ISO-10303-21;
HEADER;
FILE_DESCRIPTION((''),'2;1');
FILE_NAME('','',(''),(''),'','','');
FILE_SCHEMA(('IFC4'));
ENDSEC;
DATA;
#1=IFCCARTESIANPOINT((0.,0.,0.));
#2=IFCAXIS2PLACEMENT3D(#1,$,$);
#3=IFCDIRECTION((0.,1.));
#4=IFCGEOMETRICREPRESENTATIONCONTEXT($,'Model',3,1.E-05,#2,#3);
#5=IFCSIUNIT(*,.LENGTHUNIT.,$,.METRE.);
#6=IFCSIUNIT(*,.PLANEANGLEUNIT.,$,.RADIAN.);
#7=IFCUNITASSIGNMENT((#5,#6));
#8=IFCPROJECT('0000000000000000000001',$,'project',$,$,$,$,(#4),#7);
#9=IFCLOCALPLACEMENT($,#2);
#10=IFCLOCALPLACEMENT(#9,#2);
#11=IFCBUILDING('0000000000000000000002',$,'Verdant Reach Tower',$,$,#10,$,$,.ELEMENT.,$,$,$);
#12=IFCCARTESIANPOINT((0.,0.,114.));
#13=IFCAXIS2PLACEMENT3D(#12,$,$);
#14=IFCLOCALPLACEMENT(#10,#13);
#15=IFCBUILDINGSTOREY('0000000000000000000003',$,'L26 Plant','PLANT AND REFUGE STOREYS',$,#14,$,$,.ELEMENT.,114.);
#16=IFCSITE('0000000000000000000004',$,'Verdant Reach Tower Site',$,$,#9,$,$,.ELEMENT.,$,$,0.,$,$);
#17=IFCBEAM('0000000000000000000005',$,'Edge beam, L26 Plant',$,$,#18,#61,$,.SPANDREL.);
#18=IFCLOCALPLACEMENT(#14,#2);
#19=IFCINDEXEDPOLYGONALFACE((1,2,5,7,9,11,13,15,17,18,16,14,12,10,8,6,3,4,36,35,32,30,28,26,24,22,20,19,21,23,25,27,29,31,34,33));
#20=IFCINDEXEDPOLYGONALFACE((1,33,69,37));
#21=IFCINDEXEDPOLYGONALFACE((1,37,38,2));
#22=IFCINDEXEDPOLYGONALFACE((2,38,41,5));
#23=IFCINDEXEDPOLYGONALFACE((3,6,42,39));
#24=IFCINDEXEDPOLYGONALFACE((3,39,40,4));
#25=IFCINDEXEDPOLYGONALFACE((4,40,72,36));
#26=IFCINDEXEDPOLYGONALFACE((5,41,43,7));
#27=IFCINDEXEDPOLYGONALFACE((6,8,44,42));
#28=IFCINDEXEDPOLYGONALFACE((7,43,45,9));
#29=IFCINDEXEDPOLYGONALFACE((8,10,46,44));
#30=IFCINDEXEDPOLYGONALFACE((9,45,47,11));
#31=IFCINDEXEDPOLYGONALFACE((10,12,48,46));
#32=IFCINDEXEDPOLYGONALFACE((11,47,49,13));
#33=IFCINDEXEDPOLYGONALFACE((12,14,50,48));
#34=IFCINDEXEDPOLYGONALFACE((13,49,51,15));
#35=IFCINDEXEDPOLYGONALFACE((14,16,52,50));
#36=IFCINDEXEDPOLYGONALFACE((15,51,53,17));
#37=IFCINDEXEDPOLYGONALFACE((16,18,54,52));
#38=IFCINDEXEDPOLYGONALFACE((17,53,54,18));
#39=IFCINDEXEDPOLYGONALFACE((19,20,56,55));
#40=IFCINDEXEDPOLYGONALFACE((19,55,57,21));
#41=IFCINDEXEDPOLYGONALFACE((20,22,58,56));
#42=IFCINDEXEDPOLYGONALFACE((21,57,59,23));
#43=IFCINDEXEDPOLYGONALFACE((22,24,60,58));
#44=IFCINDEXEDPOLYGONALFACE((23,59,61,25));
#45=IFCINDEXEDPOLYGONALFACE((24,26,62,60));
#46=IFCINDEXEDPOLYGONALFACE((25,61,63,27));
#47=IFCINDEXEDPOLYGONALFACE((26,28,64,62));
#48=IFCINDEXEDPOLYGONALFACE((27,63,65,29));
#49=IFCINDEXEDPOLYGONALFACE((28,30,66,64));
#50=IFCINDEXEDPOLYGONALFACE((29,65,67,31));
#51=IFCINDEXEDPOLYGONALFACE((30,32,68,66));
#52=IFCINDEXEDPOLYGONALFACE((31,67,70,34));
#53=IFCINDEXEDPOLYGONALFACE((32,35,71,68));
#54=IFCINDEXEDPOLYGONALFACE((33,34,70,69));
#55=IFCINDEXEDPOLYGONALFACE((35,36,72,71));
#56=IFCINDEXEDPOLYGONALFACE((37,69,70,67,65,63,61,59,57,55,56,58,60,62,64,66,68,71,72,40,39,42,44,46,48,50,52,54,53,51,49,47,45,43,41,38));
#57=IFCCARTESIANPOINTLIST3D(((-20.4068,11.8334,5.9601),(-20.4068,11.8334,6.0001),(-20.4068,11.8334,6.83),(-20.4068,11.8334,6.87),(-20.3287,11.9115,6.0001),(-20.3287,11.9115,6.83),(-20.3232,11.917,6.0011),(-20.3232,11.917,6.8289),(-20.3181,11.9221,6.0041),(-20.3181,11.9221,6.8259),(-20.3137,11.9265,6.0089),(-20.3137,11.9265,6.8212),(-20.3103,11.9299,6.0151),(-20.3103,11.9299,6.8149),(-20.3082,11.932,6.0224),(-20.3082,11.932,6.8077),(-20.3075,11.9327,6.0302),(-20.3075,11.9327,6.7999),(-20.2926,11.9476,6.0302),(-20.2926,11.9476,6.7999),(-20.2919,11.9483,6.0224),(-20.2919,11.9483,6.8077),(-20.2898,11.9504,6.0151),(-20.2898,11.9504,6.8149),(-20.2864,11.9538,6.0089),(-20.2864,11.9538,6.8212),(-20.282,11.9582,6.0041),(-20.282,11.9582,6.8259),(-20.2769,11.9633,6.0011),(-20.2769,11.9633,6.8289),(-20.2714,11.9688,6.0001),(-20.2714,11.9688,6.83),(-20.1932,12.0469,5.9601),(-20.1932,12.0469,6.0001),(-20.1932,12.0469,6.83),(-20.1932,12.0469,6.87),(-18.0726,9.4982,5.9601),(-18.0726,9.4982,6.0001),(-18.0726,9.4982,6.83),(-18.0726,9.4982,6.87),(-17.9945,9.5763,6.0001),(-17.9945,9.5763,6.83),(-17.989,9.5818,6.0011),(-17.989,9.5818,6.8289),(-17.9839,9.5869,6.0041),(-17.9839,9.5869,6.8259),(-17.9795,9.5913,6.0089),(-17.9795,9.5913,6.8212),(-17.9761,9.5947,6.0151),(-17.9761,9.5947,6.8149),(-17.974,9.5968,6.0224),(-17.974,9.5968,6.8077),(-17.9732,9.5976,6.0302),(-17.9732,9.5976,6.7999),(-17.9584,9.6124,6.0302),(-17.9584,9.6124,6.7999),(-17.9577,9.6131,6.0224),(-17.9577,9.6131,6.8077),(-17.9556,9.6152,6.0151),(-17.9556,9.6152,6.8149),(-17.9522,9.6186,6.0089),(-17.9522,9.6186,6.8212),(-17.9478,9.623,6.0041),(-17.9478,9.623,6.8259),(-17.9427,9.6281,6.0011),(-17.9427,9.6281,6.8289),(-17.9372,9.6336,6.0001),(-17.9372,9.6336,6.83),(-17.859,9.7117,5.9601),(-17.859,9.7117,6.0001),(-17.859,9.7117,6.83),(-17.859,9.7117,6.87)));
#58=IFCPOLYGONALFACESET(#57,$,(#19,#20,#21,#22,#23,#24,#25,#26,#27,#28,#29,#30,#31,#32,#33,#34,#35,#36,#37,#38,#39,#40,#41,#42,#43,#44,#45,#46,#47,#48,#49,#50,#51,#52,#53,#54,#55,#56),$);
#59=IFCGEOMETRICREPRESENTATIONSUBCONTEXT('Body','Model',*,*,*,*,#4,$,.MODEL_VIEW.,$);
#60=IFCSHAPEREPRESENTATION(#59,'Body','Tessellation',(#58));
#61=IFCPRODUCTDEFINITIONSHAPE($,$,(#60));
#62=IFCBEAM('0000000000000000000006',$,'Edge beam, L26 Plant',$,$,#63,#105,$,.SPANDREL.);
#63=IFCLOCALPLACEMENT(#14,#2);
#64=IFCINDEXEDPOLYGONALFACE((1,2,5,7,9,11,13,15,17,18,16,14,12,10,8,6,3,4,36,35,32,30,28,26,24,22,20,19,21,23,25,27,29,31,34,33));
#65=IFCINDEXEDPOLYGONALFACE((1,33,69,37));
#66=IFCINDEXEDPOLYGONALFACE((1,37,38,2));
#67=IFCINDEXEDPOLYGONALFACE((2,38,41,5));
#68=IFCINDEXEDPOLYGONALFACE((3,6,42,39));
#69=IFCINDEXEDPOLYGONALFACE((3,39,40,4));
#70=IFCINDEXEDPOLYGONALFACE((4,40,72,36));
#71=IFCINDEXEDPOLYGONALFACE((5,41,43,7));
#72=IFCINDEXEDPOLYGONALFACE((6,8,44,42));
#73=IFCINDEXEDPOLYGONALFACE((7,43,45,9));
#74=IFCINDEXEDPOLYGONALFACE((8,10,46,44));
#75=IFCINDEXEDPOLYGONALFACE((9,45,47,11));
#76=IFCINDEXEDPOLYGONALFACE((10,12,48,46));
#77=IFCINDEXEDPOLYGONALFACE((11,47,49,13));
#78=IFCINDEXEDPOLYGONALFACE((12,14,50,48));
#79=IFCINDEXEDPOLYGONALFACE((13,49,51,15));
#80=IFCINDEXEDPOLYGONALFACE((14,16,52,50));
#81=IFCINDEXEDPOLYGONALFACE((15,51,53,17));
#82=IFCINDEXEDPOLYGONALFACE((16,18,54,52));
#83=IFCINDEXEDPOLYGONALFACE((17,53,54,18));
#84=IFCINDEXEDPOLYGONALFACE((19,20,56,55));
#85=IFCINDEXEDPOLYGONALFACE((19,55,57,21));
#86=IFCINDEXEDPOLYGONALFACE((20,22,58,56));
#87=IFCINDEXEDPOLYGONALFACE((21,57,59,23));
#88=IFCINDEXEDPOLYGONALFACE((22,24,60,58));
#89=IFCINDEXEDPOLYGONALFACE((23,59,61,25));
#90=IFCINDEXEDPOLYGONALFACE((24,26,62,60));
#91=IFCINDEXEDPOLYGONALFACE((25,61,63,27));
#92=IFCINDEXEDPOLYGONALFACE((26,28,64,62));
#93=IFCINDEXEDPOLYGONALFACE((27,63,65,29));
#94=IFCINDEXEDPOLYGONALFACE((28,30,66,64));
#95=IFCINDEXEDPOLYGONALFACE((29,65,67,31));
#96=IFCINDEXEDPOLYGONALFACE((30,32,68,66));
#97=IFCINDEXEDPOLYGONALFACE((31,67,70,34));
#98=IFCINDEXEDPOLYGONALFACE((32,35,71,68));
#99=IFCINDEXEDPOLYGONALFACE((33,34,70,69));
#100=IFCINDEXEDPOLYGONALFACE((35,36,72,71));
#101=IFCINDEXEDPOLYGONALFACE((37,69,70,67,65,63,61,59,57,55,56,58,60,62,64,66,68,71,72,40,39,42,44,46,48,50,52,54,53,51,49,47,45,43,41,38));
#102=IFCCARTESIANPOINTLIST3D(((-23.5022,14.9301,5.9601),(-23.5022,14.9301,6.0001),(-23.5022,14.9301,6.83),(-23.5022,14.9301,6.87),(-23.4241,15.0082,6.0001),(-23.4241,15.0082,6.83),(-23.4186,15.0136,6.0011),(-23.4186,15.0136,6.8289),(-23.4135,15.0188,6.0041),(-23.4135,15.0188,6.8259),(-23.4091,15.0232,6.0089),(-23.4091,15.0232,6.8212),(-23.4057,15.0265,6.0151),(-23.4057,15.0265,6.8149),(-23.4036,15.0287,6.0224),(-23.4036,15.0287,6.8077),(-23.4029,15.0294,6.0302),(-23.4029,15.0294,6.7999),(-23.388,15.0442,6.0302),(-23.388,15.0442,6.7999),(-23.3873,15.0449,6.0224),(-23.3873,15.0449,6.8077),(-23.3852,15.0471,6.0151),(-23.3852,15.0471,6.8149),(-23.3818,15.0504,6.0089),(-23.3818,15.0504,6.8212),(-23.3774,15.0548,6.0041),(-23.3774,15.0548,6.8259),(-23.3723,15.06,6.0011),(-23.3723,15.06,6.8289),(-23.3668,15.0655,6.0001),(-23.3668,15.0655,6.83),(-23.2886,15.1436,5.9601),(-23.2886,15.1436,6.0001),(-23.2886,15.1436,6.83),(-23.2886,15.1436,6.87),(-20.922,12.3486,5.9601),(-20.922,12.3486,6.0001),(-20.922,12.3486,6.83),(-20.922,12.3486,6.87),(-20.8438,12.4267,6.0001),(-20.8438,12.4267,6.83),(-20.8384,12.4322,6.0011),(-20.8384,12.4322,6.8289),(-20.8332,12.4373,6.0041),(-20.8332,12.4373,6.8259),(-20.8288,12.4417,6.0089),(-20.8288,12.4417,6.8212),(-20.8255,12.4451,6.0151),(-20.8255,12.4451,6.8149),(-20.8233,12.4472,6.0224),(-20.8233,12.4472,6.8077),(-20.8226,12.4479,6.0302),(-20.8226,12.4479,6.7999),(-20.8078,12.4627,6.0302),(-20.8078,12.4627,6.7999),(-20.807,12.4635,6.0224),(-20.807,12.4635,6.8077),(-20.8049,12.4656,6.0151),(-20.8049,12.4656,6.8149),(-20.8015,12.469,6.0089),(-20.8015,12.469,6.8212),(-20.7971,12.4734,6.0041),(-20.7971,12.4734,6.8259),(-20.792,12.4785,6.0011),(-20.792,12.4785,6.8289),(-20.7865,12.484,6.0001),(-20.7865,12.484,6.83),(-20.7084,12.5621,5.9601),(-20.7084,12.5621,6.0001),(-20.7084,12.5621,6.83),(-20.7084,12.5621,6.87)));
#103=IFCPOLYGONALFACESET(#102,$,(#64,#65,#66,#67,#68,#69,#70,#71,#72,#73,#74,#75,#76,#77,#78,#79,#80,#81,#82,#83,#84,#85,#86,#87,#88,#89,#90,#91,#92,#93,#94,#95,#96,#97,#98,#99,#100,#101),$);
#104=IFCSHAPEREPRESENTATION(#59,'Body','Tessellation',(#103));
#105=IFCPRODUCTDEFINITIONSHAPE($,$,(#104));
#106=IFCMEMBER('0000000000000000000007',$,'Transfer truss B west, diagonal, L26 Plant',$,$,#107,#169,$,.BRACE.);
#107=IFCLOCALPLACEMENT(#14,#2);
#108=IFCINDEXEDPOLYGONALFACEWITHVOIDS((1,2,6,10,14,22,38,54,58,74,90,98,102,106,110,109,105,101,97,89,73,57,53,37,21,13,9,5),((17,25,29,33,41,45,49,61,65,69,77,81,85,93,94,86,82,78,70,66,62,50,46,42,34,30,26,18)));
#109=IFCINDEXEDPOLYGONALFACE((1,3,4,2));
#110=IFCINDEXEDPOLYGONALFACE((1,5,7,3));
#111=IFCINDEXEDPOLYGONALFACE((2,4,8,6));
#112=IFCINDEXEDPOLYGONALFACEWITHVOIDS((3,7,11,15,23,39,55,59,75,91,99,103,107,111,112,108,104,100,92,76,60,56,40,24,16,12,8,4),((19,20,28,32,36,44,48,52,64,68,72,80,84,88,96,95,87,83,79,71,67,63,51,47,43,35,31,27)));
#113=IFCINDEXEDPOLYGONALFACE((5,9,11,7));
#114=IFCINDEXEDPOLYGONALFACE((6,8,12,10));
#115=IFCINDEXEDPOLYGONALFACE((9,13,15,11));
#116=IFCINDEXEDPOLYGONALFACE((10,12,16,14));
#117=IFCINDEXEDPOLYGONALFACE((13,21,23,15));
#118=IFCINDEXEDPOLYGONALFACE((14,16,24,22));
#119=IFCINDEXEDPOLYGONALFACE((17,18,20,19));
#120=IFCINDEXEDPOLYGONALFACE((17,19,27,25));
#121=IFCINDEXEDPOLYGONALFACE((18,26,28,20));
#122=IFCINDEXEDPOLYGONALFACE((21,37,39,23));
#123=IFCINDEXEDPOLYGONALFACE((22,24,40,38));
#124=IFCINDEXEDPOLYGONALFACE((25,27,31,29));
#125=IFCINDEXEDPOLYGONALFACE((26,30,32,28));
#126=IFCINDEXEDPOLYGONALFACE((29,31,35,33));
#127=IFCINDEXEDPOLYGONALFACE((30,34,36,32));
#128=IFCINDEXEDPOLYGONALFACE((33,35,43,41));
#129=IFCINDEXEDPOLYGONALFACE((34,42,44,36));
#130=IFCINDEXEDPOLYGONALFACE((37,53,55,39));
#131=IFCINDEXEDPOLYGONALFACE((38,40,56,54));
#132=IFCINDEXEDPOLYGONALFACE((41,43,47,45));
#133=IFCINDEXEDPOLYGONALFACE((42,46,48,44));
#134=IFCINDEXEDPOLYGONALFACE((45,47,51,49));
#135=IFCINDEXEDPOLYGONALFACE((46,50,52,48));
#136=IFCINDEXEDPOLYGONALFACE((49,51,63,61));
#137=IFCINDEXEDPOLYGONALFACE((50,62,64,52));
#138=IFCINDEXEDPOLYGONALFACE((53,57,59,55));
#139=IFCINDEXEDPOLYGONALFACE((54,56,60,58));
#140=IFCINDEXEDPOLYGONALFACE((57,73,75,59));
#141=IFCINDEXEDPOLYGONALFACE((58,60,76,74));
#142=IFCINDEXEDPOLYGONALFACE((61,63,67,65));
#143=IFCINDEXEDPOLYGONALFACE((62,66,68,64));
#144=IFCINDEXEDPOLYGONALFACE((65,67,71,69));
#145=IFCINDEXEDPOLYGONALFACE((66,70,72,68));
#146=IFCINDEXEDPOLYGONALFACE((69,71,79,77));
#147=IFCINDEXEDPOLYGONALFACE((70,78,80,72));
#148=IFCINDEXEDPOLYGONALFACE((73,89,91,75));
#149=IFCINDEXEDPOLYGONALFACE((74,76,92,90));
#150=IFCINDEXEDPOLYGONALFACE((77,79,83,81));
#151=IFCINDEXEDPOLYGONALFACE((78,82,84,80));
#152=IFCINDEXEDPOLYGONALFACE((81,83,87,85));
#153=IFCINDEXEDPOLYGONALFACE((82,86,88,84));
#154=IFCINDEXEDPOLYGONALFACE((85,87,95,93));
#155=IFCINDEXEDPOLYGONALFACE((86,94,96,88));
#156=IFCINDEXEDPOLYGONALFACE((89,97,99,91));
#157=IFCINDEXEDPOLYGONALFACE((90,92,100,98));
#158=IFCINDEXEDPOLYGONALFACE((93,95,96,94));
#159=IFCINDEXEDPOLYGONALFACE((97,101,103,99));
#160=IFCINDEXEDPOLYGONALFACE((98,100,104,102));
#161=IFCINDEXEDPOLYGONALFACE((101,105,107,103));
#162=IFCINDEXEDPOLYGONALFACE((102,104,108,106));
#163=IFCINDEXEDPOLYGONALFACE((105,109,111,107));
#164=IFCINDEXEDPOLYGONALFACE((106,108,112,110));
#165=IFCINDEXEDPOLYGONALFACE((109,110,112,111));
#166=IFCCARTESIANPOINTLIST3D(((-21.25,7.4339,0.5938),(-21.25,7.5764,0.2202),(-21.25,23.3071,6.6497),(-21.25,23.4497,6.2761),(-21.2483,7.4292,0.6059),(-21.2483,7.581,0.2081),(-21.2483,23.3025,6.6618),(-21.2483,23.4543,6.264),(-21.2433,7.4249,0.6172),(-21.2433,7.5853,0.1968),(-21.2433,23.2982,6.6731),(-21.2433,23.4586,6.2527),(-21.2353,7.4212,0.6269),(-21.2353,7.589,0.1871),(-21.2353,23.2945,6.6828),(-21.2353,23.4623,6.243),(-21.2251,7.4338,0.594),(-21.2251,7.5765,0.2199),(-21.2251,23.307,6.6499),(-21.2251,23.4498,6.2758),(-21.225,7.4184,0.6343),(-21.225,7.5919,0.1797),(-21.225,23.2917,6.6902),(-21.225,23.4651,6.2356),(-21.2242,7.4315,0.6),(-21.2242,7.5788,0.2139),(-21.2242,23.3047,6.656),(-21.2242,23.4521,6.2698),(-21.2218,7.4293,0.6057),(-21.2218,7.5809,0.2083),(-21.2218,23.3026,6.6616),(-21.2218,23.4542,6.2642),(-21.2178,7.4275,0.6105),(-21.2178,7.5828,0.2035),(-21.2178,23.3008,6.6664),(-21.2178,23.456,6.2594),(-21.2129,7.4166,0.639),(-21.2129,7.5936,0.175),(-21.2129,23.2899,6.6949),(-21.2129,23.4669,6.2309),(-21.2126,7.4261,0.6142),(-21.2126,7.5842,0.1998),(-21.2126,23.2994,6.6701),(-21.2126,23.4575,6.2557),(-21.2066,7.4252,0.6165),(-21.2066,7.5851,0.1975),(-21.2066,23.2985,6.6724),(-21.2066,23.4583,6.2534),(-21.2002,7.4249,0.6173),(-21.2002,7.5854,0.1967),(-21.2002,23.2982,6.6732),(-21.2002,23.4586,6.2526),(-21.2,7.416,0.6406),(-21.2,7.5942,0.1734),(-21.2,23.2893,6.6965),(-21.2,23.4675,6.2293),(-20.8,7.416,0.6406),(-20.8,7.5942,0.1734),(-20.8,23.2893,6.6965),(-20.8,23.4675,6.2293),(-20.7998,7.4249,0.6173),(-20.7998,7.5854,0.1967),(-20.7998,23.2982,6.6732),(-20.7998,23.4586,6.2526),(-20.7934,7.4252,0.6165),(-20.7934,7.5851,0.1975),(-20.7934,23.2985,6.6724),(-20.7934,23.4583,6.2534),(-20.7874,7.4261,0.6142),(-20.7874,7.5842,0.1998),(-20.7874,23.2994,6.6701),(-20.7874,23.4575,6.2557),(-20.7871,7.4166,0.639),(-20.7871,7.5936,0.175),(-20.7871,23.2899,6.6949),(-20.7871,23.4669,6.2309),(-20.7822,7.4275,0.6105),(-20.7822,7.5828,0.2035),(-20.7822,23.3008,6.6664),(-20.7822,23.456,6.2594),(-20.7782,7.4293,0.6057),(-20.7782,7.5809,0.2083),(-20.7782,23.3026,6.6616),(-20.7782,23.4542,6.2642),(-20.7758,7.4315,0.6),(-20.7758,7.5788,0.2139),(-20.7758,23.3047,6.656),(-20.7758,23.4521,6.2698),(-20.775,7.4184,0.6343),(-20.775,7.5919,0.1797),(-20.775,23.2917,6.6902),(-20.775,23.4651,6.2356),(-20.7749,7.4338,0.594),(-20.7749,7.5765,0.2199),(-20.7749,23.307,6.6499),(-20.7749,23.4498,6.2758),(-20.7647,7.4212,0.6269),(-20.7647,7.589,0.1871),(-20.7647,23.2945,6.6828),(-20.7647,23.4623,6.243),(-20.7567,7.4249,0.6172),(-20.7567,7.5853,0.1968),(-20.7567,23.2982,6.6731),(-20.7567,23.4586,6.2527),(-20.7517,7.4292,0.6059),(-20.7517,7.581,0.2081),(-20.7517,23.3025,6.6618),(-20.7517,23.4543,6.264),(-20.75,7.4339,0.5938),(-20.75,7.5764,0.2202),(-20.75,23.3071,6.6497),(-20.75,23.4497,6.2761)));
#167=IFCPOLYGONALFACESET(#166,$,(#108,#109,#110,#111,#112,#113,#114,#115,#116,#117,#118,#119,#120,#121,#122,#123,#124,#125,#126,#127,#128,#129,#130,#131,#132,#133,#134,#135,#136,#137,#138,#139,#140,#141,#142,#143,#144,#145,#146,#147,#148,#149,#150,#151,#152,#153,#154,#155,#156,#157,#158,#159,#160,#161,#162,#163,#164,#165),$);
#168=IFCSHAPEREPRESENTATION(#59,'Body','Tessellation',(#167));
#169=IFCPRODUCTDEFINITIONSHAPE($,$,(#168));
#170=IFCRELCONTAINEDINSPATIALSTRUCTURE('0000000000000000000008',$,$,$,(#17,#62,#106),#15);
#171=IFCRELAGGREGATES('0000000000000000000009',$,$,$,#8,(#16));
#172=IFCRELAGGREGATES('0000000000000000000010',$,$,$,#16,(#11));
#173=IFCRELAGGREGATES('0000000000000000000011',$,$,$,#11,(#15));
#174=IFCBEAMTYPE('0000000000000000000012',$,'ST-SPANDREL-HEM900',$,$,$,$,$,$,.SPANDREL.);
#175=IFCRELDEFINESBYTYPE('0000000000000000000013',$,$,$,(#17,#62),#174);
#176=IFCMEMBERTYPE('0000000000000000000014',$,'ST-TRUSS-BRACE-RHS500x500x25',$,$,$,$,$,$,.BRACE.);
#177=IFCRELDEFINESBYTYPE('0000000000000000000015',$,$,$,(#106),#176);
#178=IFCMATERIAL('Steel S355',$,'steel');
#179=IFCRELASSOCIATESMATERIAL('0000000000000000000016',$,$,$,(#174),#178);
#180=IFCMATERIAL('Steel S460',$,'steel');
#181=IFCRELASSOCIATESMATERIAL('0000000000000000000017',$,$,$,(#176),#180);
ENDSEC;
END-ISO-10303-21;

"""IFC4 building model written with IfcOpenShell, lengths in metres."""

from ifc_helpers import new_model, si_unit, direction, frame, origin, origin_2d, place, context, subcontext, project, spatial, hollow_rectangle, i_section, extrude, material, material_profile, profile_set, type_object, element, save


model = new_model("IFC4")

# Units and contexts
model_context = context("Model", 3, precision=1e-05, world=origin(), true_north=direction((0.0, 1.0)))
body_context = subcontext(model_context, "Body", "Model", "MODEL_VIEW")
ifc_project = project(units=[si_unit("LENGTHUNIT", "METRE"), si_unit("PLANEANGLEUNIT", "RADIAN")], contexts=[model_context])

# Site, building, storey
site_placement = place(None, origin())
site = spatial("IfcSite", under=ifc_project, at=site_placement, Name="Verdant Reach Tower Site", CompositionType="ELEMENT", RefElevation=0.0)
building_placement = place(site_placement, origin())
building = spatial("IfcBuilding", under=site, at=building_placement, Name="Verdant Reach Tower", CompositionType="ELEMENT")
storey_placement = place(building_placement, frame((0.0, 0.0, 114.0)))
storey = spatial("IfcBuildingStorey", under=building, at=storey_placement, Name="L26 Plant", Description="PLANT AND REFUGE STOREYS", CompositionType="ELEMENT", Elevation=114.0)

# Shared definitions
ifc_material_1 = material(Name="Steel S460", Category="steel")

# Beams
ifc_material_2 = material(Name="Steel S355", Category="steel")
ifc_material_profile_1 = material_profile(ifc_material_2, i_section(OverallWidth=0.302, OverallDepth=0.9099, WebThickness=0.021, FlangeThickness=0.04, FilletRadius=0.03, at=origin_2d()), Name="HEM 900")
ifc_profile_set_1 = profile_set([ifc_material_profile_1], Name="Steel S355")
beam_type = type_object("IfcBeamType", Name="ST-SPANDREL-HEM900", PredefinedType="SPANDREL", material=ifc_profile_set_1)
beam_1_placement = place(storey_placement, frame((-17.9658, 9.605, 6.415), z_axis=(-0.706959, 0.707255, 0.0), x_axis=(-0.707255, -0.706959, 0.0)))
element("IfcBeam", 1, at=beam_1_placement, inside=storey, type_object=beam_type, Name="Edge beam, L26 Plant", PredefinedType="SPANDREL", context=body_context, shape_type="SweptSolid", body=[
    extrude(i_section(OverallWidth=0.302, OverallDepth=0.9099, WebThickness=0.021, FlangeThickness=0.04, FilletRadius=0.03, at=origin_2d()), origin(), (0.0, 0.0, 1.0), 3.3018),
])
beam_2_placement = place(storey_placement, frame((-20.8152, 12.4553, 6.415), z_axis=(-0.70694, 0.707274, 0.0), x_axis=(-0.707274, -0.70694, 0.0)))
element("IfcBeam", 2, at=beam_2_placement, inside=storey, type_object=beam_type, Name="Edge beam, L26 Plant", PredefinedType="SPANDREL", context=body_context, shape_type="SweptSolid", body=[
    extrude(i_section(OverallWidth=0.302, OverallDepth=0.9099, WebThickness=0.021, FlangeThickness=0.04, FilletRadius=0.03, at=origin_2d()), origin(), (0.0, 0.0, 1.0), 3.6499),
])

# Member
ifc_material_profile_2 = material_profile(ifc_material_1, hollow_rectangle(XDim=0.5, YDim=0.5, WallThickness=0.0249, InnerFilletRadius=0.0249, OuterFilletRadius=0.05, at=origin_2d()), Name="RHS 500x500x25")
ifc_profile_set_2 = profile_set([ifc_material_profile_2], Name="Steel S460")
member_type_1 = type_object("IfcMemberType", Name="ST-TRUSS-BRACE-RHS500x500x25", PredefinedType="BRACE", material=ifc_profile_set_2)
member_1_placement = place(storey_placement, frame((-21.0, 7.5051, 0.407), z_axis=(0.0, 0.934313, 0.356455), x_axis=(-1.0, 0.0, 0.0)))
element("IfcMember", 3, at=member_1_placement, inside=storey, type_object=member_type_1, Name="Transfer truss B west, diagonal, L26 Plant", PredefinedType="BRACE", context=body_context, shape_type="SweptSolid", body=[
    extrude(hollow_rectangle(XDim=0.5, YDim=0.5, WallThickness=0.0249, InnerFilletRadius=0.0249, OuterFilletRadius=0.05, at=origin_2d()), origin(), (0.0, 0.0, 1.0), 16.9893),
])

save(model, "model.ifc")
